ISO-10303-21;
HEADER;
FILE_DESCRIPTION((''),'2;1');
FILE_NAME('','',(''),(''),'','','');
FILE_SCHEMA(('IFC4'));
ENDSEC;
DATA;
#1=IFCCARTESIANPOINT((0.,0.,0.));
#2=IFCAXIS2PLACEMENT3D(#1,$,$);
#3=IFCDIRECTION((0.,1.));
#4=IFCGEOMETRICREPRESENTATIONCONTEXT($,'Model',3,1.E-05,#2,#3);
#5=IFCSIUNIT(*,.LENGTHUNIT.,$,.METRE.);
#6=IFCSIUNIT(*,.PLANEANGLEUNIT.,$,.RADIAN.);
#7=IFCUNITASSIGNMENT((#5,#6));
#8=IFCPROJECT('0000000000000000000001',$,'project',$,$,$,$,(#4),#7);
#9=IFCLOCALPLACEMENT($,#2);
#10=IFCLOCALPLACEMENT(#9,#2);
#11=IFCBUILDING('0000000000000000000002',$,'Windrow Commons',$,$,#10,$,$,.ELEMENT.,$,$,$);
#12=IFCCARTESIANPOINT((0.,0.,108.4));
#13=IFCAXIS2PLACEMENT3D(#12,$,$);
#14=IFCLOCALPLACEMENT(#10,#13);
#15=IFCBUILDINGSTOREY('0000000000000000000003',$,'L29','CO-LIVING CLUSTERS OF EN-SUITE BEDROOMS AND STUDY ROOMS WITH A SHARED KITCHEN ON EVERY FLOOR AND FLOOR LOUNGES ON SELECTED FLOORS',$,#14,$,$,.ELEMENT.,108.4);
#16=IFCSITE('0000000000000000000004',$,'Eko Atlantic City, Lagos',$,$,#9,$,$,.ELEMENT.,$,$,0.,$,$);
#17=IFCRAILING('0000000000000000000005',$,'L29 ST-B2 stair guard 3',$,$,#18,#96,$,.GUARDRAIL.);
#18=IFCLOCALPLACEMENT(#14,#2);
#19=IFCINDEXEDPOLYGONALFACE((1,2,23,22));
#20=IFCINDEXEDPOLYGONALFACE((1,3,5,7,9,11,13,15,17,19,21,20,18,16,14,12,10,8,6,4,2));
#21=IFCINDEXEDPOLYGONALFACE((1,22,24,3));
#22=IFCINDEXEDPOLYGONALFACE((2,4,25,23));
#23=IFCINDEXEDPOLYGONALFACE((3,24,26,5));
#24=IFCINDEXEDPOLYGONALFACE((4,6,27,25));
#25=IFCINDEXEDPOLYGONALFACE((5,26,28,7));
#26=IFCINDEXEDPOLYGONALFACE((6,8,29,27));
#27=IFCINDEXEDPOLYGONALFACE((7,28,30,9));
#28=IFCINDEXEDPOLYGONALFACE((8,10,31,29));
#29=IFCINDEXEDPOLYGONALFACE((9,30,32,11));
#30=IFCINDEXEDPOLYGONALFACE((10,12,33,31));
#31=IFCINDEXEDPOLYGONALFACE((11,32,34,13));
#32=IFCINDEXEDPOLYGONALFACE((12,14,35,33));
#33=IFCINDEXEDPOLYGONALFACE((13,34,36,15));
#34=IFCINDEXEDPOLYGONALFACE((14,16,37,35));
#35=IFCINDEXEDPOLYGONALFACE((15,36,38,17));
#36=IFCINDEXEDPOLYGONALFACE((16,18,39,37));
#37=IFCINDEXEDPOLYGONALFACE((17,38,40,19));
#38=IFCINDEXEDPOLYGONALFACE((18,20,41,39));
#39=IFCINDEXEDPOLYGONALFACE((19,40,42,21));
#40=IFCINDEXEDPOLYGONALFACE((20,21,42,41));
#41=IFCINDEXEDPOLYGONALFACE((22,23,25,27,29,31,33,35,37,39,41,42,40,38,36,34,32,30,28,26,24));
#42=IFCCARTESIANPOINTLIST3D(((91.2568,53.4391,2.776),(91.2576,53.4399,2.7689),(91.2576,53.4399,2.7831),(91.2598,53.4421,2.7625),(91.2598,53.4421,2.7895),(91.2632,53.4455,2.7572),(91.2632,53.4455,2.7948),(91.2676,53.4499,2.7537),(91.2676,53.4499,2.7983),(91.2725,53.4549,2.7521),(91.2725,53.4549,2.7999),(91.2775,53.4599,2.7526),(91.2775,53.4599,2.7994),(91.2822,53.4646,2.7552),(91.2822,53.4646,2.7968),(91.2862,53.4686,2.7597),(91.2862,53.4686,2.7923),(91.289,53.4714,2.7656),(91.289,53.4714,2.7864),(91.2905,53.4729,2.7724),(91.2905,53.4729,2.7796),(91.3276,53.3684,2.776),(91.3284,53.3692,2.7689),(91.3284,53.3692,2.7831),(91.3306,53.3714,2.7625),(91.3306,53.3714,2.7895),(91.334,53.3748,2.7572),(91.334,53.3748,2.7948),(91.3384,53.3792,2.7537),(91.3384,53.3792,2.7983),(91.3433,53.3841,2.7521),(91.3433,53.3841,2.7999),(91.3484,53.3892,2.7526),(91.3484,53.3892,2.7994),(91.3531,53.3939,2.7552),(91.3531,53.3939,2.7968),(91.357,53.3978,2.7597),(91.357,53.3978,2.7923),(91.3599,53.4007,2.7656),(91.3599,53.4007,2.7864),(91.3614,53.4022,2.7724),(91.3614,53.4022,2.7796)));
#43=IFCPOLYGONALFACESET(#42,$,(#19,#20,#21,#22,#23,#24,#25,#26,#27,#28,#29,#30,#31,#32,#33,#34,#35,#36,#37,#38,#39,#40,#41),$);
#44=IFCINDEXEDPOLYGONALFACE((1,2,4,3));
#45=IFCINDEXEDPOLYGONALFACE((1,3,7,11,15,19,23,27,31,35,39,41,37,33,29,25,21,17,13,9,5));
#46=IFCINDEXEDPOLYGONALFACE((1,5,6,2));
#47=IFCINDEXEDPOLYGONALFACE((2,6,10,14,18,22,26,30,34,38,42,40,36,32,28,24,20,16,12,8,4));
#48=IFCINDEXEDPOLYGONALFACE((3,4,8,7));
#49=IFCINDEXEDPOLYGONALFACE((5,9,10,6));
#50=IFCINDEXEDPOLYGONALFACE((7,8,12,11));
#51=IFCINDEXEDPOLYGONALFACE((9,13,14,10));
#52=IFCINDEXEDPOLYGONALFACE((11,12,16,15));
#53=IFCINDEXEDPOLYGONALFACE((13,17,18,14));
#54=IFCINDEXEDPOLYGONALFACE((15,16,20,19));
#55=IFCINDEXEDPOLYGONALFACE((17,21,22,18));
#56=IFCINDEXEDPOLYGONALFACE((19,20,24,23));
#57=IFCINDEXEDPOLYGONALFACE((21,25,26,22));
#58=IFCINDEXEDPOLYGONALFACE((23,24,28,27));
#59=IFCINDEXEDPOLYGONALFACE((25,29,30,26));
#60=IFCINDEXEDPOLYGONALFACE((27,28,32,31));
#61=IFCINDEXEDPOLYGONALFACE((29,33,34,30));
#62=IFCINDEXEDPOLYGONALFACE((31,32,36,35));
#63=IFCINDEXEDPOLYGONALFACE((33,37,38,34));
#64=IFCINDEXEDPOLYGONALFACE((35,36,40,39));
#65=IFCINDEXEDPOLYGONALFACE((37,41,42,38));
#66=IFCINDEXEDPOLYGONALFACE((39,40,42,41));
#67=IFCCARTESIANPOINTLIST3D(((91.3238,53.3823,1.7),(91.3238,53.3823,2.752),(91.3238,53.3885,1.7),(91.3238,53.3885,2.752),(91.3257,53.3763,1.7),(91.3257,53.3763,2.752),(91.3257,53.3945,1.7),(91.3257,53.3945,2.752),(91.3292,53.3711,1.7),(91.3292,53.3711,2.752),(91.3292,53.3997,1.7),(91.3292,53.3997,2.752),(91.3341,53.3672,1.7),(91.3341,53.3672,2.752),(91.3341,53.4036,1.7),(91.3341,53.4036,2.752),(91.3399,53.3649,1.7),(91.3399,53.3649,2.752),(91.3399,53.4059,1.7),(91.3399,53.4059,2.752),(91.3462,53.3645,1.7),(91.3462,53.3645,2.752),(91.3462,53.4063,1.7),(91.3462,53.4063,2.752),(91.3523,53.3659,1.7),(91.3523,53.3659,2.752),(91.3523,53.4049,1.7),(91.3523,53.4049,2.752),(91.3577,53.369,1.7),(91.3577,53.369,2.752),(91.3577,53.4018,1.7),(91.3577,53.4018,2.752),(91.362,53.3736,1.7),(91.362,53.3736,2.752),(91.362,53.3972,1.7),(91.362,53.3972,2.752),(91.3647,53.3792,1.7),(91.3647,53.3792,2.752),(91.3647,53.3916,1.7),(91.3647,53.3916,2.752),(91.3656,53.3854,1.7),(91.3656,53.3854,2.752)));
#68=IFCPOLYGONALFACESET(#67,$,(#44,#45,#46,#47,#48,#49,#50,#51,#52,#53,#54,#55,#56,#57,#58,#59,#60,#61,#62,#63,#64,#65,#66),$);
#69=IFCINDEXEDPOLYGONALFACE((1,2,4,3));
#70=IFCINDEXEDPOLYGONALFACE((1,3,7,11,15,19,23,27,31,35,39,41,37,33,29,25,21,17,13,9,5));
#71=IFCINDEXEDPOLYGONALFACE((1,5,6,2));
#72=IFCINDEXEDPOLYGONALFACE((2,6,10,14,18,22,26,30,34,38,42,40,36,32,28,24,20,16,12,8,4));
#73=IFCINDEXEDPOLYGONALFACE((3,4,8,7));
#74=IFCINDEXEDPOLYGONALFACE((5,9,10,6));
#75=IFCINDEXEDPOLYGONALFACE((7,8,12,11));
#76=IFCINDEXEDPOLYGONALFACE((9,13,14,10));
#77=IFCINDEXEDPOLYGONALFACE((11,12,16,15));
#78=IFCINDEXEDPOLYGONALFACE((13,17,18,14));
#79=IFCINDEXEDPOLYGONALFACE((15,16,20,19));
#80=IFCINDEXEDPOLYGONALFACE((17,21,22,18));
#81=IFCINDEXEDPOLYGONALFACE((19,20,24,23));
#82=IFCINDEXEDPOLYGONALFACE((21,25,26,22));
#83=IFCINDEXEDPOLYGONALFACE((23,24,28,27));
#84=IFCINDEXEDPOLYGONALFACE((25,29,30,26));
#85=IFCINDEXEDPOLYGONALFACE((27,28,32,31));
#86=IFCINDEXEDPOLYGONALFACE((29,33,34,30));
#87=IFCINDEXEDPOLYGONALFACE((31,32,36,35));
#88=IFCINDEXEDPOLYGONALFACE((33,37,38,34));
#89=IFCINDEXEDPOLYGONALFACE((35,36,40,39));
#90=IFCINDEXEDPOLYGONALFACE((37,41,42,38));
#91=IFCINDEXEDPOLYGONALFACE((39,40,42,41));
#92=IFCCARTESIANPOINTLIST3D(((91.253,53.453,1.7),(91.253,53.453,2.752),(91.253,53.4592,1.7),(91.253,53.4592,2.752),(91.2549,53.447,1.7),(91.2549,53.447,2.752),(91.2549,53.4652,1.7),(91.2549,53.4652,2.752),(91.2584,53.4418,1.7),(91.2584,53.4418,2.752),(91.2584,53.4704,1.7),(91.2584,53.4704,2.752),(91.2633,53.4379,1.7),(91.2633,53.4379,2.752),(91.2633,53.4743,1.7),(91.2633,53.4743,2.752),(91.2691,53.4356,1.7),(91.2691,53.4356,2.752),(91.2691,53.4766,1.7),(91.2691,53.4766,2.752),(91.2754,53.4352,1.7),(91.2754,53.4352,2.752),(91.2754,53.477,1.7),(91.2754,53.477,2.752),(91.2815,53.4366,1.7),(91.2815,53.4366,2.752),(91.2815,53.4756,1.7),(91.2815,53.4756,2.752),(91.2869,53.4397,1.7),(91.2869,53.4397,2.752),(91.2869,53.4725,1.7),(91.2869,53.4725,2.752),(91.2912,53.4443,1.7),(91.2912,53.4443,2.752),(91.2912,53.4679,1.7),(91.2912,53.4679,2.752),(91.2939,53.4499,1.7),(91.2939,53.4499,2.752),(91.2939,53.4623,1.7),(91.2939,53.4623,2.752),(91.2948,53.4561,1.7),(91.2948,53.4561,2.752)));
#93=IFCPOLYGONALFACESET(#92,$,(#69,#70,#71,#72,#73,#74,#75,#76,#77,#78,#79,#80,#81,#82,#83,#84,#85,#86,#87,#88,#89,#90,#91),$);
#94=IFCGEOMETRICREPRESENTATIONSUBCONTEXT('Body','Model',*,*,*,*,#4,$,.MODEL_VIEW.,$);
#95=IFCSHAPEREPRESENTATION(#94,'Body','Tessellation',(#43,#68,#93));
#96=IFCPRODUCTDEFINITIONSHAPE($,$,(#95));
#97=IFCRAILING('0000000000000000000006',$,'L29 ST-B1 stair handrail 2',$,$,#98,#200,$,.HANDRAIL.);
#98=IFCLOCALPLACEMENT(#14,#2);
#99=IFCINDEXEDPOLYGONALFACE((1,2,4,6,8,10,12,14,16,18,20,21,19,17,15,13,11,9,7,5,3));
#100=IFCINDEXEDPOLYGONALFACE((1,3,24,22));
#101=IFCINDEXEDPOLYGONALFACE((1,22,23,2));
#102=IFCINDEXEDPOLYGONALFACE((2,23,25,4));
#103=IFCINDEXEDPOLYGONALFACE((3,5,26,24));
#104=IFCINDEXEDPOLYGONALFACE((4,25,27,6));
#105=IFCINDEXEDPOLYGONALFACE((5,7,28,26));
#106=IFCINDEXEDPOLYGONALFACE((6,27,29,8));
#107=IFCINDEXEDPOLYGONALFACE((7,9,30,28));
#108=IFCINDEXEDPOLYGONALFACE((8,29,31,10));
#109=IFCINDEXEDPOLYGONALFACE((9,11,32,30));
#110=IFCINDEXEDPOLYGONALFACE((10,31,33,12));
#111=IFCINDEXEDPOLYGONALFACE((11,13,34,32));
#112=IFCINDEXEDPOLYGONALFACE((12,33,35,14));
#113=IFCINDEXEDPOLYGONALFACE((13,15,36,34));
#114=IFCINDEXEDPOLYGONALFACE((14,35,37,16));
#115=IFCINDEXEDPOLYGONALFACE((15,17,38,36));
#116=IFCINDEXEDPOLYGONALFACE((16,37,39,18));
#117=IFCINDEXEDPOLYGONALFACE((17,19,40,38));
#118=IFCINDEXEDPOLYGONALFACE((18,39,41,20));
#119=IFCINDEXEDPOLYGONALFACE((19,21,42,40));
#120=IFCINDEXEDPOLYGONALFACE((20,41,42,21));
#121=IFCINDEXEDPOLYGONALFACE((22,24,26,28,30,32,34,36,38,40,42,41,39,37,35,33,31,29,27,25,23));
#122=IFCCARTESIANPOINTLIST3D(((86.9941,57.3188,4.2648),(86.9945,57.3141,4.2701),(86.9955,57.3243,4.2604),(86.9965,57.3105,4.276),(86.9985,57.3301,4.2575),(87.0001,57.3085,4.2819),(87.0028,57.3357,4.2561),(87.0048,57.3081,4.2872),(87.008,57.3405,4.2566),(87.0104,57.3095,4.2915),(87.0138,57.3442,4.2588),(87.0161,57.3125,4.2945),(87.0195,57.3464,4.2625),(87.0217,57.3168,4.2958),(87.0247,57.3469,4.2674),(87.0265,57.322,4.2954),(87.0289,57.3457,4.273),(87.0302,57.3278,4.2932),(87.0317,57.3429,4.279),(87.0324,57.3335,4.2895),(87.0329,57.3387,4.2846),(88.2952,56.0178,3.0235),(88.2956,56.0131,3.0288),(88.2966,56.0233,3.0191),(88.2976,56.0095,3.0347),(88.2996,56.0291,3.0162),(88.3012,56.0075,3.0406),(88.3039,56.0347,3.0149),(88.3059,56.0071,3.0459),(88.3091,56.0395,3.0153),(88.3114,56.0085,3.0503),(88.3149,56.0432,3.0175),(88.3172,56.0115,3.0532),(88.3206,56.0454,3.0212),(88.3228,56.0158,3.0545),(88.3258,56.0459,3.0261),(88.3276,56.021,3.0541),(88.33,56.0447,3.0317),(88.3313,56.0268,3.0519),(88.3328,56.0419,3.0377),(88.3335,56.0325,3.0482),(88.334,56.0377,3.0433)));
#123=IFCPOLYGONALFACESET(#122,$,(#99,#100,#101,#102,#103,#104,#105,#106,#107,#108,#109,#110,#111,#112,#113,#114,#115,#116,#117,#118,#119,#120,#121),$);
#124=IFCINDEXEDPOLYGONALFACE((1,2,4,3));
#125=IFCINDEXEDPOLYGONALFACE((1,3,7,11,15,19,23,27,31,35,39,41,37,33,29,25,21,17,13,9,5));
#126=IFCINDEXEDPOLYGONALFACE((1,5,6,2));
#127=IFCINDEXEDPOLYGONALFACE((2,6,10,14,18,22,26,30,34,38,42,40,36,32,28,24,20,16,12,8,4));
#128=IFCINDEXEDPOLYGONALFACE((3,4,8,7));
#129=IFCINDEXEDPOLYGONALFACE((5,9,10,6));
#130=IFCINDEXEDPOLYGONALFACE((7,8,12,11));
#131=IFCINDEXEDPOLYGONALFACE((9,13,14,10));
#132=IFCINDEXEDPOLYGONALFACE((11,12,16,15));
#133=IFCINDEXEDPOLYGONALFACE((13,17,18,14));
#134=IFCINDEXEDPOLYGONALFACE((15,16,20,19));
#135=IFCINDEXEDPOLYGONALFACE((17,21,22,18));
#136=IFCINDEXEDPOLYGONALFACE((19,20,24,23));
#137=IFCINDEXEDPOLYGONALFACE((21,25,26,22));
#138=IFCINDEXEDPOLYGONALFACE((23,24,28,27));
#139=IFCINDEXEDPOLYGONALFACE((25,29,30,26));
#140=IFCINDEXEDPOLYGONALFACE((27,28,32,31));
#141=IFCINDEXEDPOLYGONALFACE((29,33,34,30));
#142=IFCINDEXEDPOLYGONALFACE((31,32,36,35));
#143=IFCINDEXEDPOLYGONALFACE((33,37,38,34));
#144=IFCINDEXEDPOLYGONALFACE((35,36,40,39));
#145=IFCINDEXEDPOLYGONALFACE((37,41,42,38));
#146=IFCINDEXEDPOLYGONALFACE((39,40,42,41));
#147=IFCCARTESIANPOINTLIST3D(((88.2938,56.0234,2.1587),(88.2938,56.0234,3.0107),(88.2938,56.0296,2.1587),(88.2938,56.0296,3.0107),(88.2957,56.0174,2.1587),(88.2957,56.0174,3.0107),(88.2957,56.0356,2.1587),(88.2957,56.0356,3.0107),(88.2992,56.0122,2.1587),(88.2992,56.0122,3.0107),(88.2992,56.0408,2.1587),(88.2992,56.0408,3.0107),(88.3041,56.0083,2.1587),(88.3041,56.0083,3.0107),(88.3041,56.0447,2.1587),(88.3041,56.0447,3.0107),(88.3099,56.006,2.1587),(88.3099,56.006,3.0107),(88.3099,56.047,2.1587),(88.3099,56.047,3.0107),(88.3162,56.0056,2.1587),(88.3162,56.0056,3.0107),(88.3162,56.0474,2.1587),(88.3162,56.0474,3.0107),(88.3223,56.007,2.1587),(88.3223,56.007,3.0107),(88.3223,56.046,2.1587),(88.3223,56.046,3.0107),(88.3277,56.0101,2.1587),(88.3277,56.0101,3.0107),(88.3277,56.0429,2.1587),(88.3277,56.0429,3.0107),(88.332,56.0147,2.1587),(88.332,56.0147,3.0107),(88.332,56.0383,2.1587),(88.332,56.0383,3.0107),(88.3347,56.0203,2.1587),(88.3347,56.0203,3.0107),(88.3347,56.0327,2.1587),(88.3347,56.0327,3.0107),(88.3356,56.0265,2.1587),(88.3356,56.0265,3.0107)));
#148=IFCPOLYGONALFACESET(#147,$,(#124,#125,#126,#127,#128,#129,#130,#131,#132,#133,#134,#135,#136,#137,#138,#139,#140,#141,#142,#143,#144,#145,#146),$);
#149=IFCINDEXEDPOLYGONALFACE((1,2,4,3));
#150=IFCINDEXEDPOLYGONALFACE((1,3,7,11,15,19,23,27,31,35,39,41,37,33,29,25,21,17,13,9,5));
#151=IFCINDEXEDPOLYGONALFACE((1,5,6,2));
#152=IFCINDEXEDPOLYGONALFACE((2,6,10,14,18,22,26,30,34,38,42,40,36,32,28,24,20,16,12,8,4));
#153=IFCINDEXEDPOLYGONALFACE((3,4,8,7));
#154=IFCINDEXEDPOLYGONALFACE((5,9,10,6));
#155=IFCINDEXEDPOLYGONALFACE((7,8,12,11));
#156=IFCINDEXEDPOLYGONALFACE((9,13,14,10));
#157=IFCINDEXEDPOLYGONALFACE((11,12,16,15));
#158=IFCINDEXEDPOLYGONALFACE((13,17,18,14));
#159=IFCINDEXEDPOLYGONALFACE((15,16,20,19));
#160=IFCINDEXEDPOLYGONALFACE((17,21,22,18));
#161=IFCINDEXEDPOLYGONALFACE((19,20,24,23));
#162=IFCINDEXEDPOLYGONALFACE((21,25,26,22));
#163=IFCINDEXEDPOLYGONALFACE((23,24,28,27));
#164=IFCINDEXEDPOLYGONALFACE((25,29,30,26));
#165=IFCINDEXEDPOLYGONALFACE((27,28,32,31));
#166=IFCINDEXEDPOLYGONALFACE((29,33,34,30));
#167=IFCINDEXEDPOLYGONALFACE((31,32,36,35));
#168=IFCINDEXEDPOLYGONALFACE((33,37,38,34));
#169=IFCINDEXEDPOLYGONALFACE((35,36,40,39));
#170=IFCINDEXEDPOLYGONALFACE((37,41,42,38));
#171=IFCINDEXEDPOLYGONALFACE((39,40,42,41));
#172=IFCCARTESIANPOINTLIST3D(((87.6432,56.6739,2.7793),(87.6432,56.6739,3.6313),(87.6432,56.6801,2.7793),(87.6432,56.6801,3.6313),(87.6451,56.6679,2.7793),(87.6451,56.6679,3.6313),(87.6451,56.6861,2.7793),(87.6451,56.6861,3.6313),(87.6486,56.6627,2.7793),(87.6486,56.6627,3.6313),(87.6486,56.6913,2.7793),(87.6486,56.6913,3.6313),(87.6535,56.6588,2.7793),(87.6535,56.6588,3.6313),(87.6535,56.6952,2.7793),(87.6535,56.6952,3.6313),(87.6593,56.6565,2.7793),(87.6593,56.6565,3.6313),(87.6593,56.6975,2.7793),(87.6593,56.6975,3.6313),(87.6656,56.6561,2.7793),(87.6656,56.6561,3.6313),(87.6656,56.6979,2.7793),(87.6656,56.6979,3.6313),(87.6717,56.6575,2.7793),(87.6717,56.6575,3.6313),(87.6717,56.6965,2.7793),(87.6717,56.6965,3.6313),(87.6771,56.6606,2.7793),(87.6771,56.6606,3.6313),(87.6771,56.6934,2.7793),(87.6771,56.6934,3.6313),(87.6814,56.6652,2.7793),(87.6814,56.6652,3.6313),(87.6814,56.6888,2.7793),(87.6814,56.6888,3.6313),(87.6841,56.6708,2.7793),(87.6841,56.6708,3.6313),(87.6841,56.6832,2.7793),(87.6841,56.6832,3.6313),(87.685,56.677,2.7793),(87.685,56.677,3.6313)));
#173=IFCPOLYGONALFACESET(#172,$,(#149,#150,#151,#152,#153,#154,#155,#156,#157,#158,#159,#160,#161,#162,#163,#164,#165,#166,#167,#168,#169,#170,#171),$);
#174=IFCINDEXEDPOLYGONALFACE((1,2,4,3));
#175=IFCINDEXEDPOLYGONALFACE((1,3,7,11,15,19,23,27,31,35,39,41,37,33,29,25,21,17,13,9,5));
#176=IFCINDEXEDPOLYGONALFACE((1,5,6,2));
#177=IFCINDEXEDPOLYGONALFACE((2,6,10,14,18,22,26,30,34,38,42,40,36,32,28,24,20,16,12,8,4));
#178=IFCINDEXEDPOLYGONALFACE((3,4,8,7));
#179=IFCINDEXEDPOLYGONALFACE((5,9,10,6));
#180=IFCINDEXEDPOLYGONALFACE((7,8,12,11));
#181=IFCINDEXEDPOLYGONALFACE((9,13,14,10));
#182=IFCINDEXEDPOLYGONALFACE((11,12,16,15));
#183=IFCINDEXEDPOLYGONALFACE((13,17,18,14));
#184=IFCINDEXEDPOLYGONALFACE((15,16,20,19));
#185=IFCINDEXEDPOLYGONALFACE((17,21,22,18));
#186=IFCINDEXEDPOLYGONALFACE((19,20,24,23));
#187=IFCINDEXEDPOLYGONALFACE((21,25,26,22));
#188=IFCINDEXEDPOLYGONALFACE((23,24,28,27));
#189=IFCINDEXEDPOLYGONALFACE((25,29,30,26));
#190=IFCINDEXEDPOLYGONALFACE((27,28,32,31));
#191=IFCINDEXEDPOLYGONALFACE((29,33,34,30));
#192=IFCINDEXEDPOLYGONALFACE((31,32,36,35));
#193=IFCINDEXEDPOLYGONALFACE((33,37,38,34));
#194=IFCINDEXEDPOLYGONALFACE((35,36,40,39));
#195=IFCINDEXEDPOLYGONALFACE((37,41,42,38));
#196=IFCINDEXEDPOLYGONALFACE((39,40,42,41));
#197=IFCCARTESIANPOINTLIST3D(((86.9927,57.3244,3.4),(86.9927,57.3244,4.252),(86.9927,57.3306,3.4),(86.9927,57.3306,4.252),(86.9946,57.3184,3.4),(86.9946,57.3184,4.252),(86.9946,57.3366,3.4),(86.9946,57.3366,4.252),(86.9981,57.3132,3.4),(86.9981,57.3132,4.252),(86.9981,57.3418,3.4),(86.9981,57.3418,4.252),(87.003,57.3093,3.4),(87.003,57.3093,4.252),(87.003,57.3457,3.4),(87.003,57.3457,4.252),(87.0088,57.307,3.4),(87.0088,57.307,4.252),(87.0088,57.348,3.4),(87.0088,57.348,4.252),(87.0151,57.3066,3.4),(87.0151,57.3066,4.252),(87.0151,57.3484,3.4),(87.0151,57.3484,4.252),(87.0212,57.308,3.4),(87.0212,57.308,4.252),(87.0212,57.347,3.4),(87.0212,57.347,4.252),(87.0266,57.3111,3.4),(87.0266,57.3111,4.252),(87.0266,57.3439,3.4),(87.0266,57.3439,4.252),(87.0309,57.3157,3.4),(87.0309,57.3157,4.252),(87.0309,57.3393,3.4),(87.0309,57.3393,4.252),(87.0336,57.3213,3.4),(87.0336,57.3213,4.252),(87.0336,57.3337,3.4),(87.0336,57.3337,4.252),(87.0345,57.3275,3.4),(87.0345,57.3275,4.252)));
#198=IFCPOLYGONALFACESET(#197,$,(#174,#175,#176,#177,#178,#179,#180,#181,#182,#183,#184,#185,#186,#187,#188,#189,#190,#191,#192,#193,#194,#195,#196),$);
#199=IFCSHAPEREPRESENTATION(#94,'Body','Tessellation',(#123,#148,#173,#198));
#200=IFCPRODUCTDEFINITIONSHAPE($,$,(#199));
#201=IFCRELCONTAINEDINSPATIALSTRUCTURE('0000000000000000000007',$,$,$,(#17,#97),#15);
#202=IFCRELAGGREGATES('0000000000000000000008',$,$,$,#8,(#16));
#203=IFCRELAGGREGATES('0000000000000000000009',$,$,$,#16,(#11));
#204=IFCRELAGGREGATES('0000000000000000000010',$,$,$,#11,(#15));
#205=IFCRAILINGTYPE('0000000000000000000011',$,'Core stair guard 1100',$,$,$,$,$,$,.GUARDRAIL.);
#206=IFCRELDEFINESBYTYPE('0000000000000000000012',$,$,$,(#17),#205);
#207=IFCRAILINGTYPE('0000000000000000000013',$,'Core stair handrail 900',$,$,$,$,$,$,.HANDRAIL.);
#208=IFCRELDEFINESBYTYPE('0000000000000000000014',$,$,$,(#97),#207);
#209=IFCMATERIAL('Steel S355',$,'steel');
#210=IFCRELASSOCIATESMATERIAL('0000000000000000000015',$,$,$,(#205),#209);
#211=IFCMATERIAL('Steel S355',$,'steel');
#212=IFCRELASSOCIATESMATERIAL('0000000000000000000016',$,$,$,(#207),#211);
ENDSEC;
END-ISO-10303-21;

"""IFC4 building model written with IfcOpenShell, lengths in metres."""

from ifc_helpers import new_model, si_unit, direction, frame, origin, origin_2d, place, context, subcontext, project, spatial, circle, extrude, material, type_object, element, save


model = new_model("IFC4")

# Units and contexts
model_context = context("Model", 3, precision=1e-05, world=origin(), true_north=direction((0.0, 1.0)))
body_context = subcontext(model_context, "Body", "Model", "MODEL_VIEW")
ifc_project = project(units=[si_unit("LENGTHUNIT", "METRE"), si_unit("PLANEANGLEUNIT", "RADIAN")], contexts=[model_context])

# Site, building, storey
site_placement = place(None, origin())
site = spatial("IfcSite", under=ifc_project, at=site_placement, Name="Eko Atlantic City, Lagos", CompositionType="ELEMENT", RefElevation=0.0)
building_placement = place(site_placement, origin())
building = spatial("IfcBuilding", under=site, at=building_placement, Name="Windrow Commons", CompositionType="ELEMENT")
storey_placement = place(building_placement, frame((0.0, 0.0, 108.4)))
storey = spatial("IfcBuildingStorey", under=building, at=storey_placement, Name="L29", Description="CO-LIVING CLUSTERS OF EN-SUITE BEDROOMS AND STUDY ROOMS WITH A SHARED KITCHEN ON EVERY FLOOR AND FLOOR LOUNGES ON SELECTED FLOORS", CompositionType="ELEMENT", Elevation=108.4)

# Railings
ifc_material_1 = material(Name="Steel S355", Category="steel")
railing_type_1 = type_object("IfcRailingType", Name="Core stair guard 1100", PredefinedType="GUARDRAIL", material=ifc_material_1)
railing_1_placement = place(storey_placement, frame((91.3446, 53.3854, 1.7)))
element("IfcRailing", 1, at=railing_1_placement, inside=storey, type_object=railing_type_1, Name="L29 ST-B2 stair guard 3", PredefinedType="GUARDRAIL", context=body_context, shape_type="SweptSolid", body=[
    extrude(circle(Radius=0.024, at=origin_2d()), frame((0.0, 0.0, 1.076), z_axis=(-0.707606, 0.706607, 0.0), x_axis=(-0.706607, -0.707606, 0.0)), (0.0, 0.0, 1.0), 0.1001),
    extrude(circle(Radius=0.021, at=origin_2d()), origin(), (0.0, 0.0, 1.0), 1.052),
    extrude(circle(Radius=0.021, at=origin_2d()), frame((-0.0708, 0.0707, 0.0)), (0.0, 0.0, 1.0), 1.052),
])
ifc_material_2 = material(Name="Steel S355", Category="steel")
railing_type_2 = type_object("IfcRailingType", Name="Core stair handrail 900", PredefinedType="HANDRAIL", material=ifc_material_2)
railing_2_placement = place(storey_placement, frame((88.3146, 56.0265, 2.1587)))
element("IfcRailing", 2, at=railing_2_placement, inside=storey, type_object=railing_type_2, Name="L29 ST-B1 stair handrail 2", PredefinedType="HANDRAIL", context=body_context, shape_type="SweptSolid", body=[
    extrude(circle(Radius=0.024, at=origin_2d()), frame((0.0, 0.0, 0.876), z_axis=(-0.586207, 0.586162, 0.559264), x_axis=(-0.70708, -0.707134, 0.0)), (0.0, 0.0, 1.0), 2.2195),
    extrude(circle(Radius=0.021, at=origin_2d()), origin(), (0.0, 0.0, 1.0), 0.852),
    extrude(circle(Radius=0.021, at=origin_2d()), frame((-0.6506, 0.6505, 0.6206)), (0.0, 0.0, 1.0), 0.852),
    extrude(circle(Radius=0.021, at=origin_2d()), frame((-1.3011, 1.301, 1.2413)), (0.0, 0.0, 1.0), 0.852),
])

save(model, "model.ifc")
